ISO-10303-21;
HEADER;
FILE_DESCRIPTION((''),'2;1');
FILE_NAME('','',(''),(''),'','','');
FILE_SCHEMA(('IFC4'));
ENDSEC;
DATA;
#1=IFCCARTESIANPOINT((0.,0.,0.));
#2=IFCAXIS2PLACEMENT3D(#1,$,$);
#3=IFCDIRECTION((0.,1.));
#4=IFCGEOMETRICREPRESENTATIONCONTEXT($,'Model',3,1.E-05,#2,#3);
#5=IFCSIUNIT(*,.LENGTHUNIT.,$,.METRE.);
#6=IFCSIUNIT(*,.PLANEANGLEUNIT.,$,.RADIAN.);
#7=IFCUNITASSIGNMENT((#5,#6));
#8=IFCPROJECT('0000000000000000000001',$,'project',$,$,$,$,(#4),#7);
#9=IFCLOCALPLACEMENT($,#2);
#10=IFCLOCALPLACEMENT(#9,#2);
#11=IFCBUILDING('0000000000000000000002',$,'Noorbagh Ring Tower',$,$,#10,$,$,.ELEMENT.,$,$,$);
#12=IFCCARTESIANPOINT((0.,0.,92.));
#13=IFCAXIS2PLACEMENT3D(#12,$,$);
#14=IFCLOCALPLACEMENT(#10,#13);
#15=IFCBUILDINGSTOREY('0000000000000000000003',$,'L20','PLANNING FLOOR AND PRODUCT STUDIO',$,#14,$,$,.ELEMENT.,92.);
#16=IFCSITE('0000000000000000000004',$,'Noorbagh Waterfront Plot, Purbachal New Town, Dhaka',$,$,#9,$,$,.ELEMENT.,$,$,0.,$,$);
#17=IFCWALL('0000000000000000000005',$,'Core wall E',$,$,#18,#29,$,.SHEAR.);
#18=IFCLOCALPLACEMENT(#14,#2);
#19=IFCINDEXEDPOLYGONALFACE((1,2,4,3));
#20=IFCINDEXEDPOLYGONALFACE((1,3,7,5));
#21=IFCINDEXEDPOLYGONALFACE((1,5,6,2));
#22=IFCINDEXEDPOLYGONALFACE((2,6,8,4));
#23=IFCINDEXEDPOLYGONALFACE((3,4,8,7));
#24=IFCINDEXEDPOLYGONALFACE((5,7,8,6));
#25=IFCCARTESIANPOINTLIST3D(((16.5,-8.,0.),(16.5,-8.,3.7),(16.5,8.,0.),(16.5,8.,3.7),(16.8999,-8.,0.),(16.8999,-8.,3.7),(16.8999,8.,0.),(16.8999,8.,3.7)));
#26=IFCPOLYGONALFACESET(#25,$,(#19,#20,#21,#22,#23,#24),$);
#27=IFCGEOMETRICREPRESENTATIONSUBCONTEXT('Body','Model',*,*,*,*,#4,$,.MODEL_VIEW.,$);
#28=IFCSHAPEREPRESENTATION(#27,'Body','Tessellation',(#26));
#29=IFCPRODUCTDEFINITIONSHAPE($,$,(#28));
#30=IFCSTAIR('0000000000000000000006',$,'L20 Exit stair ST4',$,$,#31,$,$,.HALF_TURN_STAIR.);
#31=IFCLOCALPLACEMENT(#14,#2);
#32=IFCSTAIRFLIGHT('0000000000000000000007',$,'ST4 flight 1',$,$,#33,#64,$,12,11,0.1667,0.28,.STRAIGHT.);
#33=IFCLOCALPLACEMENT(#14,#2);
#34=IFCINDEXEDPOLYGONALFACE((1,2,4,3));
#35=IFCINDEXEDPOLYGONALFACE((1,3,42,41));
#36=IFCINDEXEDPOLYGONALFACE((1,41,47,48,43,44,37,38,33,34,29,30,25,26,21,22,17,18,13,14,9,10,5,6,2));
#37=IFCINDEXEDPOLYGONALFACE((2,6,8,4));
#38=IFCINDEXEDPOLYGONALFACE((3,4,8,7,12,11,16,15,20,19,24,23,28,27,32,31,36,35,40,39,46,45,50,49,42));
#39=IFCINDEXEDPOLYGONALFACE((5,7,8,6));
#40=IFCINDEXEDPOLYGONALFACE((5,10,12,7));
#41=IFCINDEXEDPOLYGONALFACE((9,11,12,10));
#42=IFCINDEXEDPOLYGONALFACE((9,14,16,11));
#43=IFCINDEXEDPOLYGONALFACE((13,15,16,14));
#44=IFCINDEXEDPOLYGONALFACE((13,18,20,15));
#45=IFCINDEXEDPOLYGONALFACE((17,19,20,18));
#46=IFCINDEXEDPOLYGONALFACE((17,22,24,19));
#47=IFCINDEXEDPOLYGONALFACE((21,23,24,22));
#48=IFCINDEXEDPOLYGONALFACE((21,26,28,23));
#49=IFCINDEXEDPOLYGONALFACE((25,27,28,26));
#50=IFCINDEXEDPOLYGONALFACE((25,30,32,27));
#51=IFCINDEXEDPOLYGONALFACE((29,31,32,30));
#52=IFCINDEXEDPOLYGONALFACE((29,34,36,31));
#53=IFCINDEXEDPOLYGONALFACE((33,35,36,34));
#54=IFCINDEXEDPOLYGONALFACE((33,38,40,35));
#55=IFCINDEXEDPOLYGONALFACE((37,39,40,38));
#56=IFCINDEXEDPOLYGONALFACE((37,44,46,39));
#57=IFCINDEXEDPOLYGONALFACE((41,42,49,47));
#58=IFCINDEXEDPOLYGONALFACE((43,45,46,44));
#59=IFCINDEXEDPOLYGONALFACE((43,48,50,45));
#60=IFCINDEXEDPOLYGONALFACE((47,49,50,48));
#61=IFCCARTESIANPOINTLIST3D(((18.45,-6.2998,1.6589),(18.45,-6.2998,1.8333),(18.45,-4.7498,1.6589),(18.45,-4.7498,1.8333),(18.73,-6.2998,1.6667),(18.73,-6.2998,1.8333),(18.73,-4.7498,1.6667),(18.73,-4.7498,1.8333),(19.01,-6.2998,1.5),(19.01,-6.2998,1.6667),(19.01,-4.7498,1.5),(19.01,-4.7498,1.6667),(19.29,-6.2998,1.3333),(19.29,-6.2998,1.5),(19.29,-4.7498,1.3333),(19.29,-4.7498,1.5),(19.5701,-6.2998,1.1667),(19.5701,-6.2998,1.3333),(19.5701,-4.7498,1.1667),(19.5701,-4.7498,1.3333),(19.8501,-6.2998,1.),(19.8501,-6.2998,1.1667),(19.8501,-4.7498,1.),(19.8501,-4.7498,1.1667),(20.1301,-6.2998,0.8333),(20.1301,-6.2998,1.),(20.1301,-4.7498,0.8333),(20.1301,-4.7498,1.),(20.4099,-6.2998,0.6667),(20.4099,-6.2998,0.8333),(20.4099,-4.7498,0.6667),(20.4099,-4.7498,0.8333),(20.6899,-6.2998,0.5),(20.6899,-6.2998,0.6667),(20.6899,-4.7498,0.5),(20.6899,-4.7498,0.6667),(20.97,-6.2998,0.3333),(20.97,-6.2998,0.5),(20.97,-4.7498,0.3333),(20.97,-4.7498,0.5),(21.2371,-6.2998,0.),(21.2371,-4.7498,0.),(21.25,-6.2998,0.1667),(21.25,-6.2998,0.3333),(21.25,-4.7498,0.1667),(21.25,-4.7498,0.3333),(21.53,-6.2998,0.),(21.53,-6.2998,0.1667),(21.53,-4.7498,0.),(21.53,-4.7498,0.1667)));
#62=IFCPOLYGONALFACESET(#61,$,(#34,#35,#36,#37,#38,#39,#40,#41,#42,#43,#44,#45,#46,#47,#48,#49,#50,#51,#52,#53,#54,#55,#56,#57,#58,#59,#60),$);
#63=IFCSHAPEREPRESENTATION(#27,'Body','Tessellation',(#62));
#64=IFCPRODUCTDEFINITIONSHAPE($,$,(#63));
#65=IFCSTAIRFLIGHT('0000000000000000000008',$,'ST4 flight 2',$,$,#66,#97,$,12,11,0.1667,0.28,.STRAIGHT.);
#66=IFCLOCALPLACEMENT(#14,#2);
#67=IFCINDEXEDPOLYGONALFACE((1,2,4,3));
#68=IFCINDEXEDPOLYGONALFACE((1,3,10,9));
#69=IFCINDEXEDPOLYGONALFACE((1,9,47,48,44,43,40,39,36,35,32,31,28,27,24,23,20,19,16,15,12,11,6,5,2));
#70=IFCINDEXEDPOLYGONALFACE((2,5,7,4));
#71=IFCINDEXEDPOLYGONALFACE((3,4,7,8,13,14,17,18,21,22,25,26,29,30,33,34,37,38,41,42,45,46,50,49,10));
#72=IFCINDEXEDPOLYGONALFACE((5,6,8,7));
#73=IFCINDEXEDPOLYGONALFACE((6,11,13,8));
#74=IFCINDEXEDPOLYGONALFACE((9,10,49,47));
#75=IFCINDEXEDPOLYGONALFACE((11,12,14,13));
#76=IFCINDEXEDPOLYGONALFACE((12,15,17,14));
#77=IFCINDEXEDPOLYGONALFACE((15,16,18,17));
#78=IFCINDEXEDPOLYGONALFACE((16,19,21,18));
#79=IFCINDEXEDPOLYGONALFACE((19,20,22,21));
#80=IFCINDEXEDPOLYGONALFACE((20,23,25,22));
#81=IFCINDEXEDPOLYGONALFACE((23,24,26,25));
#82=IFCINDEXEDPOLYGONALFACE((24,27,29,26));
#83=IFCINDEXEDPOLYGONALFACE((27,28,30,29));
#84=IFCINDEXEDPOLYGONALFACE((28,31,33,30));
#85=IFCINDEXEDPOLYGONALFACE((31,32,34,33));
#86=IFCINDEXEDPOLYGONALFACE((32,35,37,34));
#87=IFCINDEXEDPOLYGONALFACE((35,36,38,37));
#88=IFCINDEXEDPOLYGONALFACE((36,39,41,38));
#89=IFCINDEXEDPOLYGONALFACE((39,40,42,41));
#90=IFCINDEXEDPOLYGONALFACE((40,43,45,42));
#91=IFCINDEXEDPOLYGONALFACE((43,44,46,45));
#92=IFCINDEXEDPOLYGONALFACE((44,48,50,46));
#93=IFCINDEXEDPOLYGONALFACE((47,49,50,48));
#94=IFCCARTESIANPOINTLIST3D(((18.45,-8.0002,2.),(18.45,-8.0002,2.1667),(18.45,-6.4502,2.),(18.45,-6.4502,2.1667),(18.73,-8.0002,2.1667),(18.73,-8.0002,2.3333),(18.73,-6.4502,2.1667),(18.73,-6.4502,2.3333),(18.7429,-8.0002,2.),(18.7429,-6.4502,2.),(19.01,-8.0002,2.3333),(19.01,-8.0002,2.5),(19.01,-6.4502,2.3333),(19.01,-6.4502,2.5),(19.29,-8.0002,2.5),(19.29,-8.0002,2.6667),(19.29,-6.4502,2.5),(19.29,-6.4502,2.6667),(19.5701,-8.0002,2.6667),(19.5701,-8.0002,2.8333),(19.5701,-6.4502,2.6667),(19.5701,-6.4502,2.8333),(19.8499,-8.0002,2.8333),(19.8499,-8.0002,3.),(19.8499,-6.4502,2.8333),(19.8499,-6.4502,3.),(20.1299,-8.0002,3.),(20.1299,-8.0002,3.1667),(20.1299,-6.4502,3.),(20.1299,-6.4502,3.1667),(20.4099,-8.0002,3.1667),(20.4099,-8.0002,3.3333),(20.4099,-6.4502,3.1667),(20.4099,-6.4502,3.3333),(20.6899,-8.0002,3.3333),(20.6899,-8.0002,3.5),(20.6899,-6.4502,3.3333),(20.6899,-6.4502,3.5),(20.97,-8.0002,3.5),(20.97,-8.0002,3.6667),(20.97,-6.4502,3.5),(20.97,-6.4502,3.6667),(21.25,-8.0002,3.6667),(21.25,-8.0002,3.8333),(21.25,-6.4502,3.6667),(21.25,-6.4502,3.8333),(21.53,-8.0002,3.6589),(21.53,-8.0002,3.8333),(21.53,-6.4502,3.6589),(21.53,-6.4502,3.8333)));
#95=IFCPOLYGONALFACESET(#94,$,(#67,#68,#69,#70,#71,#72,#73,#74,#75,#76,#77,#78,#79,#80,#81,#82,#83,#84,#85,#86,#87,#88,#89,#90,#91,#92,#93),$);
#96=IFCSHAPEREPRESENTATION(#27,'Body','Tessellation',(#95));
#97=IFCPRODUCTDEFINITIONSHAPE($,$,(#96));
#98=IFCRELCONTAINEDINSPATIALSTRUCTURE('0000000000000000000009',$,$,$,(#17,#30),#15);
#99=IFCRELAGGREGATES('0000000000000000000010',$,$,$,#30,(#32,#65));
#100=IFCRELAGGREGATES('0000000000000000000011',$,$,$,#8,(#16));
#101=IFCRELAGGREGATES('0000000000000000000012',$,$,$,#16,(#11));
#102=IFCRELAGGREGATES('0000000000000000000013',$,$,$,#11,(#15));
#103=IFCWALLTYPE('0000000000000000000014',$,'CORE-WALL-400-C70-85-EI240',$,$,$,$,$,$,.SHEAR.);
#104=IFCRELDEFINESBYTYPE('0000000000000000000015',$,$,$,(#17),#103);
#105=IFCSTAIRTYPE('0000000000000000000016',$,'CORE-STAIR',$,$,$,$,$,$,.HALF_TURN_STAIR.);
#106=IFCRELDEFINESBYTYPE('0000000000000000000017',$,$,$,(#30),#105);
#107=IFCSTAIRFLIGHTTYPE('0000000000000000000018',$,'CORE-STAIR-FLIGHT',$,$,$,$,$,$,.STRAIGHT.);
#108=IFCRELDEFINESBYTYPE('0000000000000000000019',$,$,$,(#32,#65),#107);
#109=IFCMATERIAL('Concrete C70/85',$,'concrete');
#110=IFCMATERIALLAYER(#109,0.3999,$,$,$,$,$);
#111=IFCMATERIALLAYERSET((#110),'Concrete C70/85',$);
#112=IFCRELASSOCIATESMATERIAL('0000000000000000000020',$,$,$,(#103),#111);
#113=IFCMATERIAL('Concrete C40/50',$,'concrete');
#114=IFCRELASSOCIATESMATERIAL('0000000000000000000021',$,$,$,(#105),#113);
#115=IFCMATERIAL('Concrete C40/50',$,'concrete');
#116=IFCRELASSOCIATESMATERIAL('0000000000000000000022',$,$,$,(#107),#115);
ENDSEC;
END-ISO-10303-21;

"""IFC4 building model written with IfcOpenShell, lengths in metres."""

from ifc_helpers import new_model, si_unit, direction, frame, frame_2d, origin, place, context, subcontext, project, spatial, polyline, rectangle, outline, extrude, material, layer, layer_set, type_object, element, aggregate, save


model = new_model("IFC4")

# Units and contexts
model_context = context("Model", 3, precision=1e-05, world=origin(), true_north=direction((0.0, 1.0)))
body_context = subcontext(model_context, "Body", "Model", "MODEL_VIEW")
ifc_project = project(units=[si_unit("LENGTHUNIT", "METRE"), si_unit("PLANEANGLEUNIT", "RADIAN")], contexts=[model_context])

# Site, building, storey
site_placement = place(None, origin())
site = spatial("IfcSite", under=ifc_project, at=site_placement, Name="Noorbagh Waterfront Plot, Purbachal New Town, Dhaka", CompositionType="ELEMENT", RefElevation=0.0)
building_placement = place(site_placement, origin())
building = spatial("IfcBuilding", under=site, at=building_placement, Name="Noorbagh Ring Tower", CompositionType="ELEMENT")
storey_placement = place(building_placement, frame((0.0, 0.0, 92.0)))
storey = spatial("IfcBuildingStorey", under=building, at=storey_placement, Name="L20", Description="PLANNING FLOOR AND PRODUCT STUDIO", CompositionType="ELEMENT", Elevation=92.0)

# Wall
ifc_material_1 = material(Name="Concrete C70/85", Category="concrete")
ifc_layer_1 = layer(ifc_material_1, 0.3999)
ifc_layer_set_1 = layer_set([ifc_layer_1], Name="Concrete C70/85")
wall_type_1 = type_object("IfcWallType", Name="CORE-WALL-400-C70-85-EI240", PredefinedType="SHEAR", material=ifc_layer_set_1)
wall_1_placement = place(storey_placement, frame((16.7, -8.0, 0.0), z_axis=(0.0, 0.0, 1.0), x_axis=(0.0, 1.0, 0.0)))
element("IfcWall", 1, at=wall_1_placement, inside=storey, type_object=wall_type_1, Name="Core wall E", PredefinedType="SHEAR", context=body_context, shape_type="SweptSolid", body=[
    extrude(rectangle(XDim=16.0, YDim=0.3999, at=frame_2d((8.0, 0.0))), origin(), (0.0, 0.0, 1.0), 3.7),
])

# Stair, stair flights
ifc_material_2 = material(Name="Concrete C40/50", Category="concrete")
stair_type = type_object("IfcStairType", Name="CORE-STAIR", PredefinedType="HALF_TURN_STAIR", material=ifc_material_2)
stair_placement = place(storey_placement, origin())
stair = element("IfcStair", 2, at=stair_placement, inside=storey, type_object=stair_type, Name="L20 Exit stair ST4", PredefinedType="HALF_TURN_STAIR")
ifc_material_3 = material(Name="Concrete C40/50", Category="concrete")
stair_flight_type = type_object("IfcStairFlightType", Name="CORE-STAIR-FLIGHT", PredefinedType="STRAIGHT", material=ifc_material_3)
stair_flight_1_placement = place(storey_placement, frame((21.53, -5.5249, 0.0), z_axis=(0.0, 0.0, 1.0), x_axis=(-1.0, 0.0, 0.0)))
stair_flight_1 = element("IfcStairFlight", 3, at=stair_flight_1_placement, type_object=stair_flight_type, Name="ST4 flight 1", NumberOfRisers=12, NumberOfTreads=11, PredefinedType="STRAIGHT", RiserHeight=0.1667, TreadLength=0.28, context=body_context, shape_type="SweptSolid", body=[
    extrude(outline(polyline([(0.0, 0.0), (0.0, 0.1667), (0.28, 0.1667), (0.28, 0.3333), (0.5601, 0.3333), (0.5601, 0.5), (0.8401, 0.5), (0.8401, 0.6667), (1.1201, 0.6667), (1.1201, 0.8333), (1.3999, 0.8333), (1.3999, 1.0), (1.6799, 1.0), (1.6799, 1.1667), (1.96, 1.1667), (1.96, 1.3333), (2.24, 1.3333), (2.24, 1.5), (2.52, 1.5), (2.52, 1.6667), (2.8, 1.6667), (2.8, 1.8333), (3.0801, 1.8333), (3.0801, 2.0), (3.0801, 1.6589), (0.293, 0.0), (0.0, 0.0)])), frame((0.0, 0.7749, 0.0), z_axis=(0.0, -1.0, 0.0), x_axis=(1.0, 0.0, 0.0)), (0.0, 0.0, 1.0), 1.55),
])
stair_flight_2_placement = place(storey_placement, frame((18.45, -7.2251, 2.0), z_axis=(0.0, 0.0, 1.0), x_axis=(1.0, 0.0, 0.0)))
stair_flight_2 = element("IfcStairFlight", 4, at=stair_flight_2_placement, type_object=stair_flight_type, Name="ST4 flight 2", NumberOfRisers=12, NumberOfTreads=11, PredefinedType="STRAIGHT", RiserHeight=0.1667, TreadLength=0.28, context=body_context, shape_type="SweptSolid", body=[
    extrude(outline(polyline([(0.0, 0.0), (0.0, 0.1667), (0.28, 0.1667), (0.28, 0.3333), (0.5601, 0.3333), (0.5601, 0.5), (0.8401, 0.5), (0.8401, 0.6667), (1.1201, 0.6667), (1.1201, 0.8333), (1.3999, 0.8333), (1.3999, 1.0), (1.6799, 1.0), (1.6799, 1.1667), (1.96, 1.1667), (1.96, 1.3333), (2.24, 1.3333), (2.24, 1.5), (2.52, 1.5), (2.52, 1.6667), (2.8, 1.6667), (2.8, 1.8333), (3.0801, 1.8333), (3.0801, 2.0), (3.0801, 1.6589), (0.293, 0.0), (0.0, 0.0)])), frame((0.0, 0.7749, 0.0), z_axis=(0.0, -1.0, 0.0), x_axis=(1.0, 0.0, 0.0)), (0.0, 0.0, 1.0), 1.55),
])
aggregate(stair, [stair_flight_1, stair_flight_2])

save(model, "model.ifc")
